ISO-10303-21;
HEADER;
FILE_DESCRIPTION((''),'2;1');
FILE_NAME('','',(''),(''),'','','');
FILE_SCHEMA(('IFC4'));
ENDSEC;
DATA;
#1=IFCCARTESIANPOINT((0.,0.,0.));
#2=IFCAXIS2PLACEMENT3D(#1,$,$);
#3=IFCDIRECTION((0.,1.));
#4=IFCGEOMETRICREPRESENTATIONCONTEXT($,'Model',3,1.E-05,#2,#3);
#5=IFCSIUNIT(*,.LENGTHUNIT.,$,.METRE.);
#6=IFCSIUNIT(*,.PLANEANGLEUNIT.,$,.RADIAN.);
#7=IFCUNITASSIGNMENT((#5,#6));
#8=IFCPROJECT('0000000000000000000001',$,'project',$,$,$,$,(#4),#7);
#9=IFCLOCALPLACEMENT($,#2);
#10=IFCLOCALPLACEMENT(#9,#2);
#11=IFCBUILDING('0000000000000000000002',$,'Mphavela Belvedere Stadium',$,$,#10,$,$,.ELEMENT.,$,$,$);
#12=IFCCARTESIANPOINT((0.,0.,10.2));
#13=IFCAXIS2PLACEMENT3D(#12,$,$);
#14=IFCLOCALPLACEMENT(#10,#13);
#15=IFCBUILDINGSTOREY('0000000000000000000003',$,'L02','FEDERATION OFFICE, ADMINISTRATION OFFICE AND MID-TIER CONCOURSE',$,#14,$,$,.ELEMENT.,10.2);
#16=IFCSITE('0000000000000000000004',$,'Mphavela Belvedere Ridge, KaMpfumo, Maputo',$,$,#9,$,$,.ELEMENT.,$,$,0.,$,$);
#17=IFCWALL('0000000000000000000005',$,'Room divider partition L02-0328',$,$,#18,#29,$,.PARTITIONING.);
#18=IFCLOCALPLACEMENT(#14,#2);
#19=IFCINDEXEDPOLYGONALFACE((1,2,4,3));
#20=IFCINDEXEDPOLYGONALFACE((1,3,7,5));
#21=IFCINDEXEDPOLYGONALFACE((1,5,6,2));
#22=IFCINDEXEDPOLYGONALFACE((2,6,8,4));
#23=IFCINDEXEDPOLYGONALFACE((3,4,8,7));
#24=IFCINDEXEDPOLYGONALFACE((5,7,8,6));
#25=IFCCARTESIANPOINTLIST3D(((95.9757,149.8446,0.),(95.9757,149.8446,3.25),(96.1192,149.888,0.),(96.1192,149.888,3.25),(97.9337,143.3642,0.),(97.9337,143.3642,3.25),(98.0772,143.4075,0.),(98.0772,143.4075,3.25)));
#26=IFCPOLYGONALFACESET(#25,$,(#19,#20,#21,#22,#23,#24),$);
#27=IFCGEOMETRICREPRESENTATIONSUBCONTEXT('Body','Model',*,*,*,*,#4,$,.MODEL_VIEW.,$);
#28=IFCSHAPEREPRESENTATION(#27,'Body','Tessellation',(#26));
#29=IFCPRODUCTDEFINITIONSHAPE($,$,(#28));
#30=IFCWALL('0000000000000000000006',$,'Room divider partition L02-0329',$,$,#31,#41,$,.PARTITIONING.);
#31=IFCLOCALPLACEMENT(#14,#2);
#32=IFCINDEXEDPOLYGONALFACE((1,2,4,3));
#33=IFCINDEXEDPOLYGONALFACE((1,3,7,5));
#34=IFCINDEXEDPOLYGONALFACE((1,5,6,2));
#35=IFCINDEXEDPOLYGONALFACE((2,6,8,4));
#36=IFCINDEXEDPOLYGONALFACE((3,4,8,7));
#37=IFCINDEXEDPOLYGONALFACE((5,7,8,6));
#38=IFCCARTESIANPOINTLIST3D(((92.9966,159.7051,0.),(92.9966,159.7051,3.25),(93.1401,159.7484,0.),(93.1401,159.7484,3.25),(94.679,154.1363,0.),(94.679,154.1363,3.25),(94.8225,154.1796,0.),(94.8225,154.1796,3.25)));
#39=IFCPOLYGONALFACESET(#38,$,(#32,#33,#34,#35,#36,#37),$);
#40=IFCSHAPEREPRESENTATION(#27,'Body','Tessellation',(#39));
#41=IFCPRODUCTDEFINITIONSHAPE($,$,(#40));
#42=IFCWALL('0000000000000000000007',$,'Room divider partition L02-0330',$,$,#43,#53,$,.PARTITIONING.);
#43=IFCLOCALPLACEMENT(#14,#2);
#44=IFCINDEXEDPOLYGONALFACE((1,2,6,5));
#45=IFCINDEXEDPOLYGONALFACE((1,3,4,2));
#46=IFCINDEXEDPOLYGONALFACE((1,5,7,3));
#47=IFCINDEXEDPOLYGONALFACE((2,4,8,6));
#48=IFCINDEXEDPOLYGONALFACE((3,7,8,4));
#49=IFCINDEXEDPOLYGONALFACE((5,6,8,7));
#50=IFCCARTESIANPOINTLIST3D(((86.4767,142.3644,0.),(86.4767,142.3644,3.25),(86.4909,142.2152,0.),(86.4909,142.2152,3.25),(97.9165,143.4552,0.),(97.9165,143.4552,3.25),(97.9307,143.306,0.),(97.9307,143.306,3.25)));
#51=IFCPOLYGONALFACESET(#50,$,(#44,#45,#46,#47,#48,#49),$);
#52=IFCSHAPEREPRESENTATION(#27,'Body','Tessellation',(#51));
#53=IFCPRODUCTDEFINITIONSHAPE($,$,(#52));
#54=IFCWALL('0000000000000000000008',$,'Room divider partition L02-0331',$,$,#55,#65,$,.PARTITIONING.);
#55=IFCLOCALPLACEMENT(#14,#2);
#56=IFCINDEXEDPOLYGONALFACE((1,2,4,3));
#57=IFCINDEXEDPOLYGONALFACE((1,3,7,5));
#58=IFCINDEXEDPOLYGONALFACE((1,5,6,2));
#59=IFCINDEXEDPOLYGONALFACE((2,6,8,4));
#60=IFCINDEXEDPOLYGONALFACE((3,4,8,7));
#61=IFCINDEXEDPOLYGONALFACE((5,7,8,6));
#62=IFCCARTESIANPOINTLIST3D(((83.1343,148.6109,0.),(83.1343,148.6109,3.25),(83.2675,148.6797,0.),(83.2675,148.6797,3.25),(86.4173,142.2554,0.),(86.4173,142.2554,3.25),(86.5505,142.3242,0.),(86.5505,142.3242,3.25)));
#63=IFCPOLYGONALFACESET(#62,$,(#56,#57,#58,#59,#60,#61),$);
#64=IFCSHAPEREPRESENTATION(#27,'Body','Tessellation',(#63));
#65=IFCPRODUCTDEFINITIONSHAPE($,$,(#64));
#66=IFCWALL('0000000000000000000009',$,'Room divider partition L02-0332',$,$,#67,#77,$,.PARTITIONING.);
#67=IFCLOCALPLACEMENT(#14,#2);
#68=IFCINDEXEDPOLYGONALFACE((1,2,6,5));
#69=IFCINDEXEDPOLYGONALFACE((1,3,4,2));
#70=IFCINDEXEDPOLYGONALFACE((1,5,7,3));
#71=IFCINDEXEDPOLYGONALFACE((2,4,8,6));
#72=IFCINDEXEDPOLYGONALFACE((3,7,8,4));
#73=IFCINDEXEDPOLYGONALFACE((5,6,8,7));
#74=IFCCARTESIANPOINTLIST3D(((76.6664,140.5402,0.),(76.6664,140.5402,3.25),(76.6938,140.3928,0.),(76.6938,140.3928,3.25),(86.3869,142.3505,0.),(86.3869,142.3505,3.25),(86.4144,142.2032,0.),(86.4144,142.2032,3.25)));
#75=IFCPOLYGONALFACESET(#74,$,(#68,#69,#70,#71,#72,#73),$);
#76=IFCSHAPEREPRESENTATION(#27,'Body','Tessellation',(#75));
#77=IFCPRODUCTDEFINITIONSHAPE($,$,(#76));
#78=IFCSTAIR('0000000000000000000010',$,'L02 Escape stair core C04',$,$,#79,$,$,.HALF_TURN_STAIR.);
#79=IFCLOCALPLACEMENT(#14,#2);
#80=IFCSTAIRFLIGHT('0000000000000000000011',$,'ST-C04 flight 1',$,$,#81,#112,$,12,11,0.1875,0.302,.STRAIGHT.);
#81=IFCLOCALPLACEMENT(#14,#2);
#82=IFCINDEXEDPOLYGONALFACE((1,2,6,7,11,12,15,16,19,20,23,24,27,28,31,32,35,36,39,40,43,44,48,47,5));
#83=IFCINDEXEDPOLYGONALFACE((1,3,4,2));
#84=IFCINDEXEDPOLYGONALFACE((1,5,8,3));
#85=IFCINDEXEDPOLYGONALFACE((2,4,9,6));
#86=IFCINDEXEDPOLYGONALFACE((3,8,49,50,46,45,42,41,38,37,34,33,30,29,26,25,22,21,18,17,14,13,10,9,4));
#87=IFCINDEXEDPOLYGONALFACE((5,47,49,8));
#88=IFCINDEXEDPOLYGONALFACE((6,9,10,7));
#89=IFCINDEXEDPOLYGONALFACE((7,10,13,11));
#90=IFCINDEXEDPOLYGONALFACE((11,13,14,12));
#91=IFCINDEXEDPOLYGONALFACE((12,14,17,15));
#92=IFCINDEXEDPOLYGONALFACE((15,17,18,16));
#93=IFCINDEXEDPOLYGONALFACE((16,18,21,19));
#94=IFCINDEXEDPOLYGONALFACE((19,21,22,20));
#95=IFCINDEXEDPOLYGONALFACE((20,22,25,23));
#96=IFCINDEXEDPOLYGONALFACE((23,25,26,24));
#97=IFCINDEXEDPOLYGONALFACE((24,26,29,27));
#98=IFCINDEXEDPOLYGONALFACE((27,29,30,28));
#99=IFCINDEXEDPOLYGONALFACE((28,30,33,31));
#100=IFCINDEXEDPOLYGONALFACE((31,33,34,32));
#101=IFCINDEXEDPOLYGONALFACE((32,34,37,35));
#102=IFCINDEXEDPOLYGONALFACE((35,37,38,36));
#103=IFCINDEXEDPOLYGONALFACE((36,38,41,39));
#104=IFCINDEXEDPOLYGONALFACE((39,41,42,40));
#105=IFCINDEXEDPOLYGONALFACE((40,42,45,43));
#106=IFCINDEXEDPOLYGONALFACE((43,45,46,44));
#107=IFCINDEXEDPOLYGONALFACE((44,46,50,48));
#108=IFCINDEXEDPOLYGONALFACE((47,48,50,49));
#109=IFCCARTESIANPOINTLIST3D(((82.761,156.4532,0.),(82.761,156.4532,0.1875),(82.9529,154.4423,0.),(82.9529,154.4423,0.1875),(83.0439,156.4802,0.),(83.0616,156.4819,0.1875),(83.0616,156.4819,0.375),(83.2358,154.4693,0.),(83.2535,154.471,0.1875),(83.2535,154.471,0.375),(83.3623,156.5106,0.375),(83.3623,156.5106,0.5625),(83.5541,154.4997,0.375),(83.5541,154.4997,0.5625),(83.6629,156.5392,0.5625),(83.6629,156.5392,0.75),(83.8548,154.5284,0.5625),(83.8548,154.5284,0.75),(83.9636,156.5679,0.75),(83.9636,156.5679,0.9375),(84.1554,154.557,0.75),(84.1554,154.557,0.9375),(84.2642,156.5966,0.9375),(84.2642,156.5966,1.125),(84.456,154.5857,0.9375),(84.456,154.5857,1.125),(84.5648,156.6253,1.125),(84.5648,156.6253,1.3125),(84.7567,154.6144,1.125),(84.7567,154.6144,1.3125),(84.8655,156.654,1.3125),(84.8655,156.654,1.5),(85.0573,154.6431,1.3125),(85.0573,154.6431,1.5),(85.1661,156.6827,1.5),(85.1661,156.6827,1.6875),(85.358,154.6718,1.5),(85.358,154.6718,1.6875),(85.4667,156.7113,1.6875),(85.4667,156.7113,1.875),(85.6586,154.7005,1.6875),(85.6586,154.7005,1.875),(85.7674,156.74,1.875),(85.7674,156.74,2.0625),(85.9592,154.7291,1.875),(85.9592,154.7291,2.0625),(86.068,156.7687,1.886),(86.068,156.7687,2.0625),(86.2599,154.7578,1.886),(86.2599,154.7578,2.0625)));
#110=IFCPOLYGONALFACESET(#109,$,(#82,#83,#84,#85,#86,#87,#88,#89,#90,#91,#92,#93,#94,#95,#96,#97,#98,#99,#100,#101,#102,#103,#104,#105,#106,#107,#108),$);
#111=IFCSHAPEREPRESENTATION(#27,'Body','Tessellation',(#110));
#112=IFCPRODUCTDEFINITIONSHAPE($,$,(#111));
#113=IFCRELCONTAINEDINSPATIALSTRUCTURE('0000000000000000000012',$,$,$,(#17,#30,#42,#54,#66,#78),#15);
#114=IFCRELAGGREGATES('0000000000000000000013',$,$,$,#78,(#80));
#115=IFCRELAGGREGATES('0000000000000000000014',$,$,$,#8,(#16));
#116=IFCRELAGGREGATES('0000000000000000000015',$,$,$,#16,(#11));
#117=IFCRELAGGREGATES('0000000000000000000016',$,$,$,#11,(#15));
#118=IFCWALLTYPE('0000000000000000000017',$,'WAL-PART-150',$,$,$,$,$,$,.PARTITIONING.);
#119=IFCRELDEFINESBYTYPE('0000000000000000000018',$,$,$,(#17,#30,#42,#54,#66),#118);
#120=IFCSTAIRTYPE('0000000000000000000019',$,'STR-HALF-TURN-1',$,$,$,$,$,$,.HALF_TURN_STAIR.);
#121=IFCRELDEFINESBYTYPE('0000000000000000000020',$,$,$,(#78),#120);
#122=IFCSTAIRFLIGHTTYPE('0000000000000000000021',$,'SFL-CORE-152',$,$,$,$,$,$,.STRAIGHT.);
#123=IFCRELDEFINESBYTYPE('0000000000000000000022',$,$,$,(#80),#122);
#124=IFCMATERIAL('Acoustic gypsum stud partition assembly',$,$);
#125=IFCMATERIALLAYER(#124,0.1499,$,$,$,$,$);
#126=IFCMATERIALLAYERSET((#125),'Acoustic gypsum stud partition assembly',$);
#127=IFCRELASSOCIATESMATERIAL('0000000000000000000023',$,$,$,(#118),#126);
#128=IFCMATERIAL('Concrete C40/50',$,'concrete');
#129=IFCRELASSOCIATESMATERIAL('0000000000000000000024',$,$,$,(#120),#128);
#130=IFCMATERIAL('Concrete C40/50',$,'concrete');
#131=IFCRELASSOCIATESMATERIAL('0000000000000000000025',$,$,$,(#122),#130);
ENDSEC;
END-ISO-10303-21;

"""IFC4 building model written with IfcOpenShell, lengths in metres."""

from ifc_helpers import new_model, si_unit, direction, frame, frame_2d, origin, place, context, subcontext, project, spatial, polyline, rectangle, outline, extrude, material, layer, layer_set, type_object, element, aggregate, save


model = new_model("IFC4")

# Units and contexts
model_context = context("Model", 3, precision=1e-05, world=origin(), true_north=direction((0.0, 1.0)))
body_context = subcontext(model_context, "Body", "Model", "MODEL_VIEW")
ifc_project = project(units=[si_unit("LENGTHUNIT", "METRE"), si_unit("PLANEANGLEUNIT", "RADIAN")], contexts=[model_context])

# Site, building, storey
site_placement = place(None, origin())
site = spatial("IfcSite", under=ifc_project, at=site_placement, Name="Mphavela Belvedere Ridge, KaMpfumo, Maputo", CompositionType="ELEMENT", RefElevation=0.0)
building_placement = place(site_placement, origin())
building = spatial("IfcBuilding", under=site, at=building_placement, Name="Mphavela Belvedere Stadium", CompositionType="ELEMENT")
storey_placement = place(building_placement, frame((0.0, 0.0, 10.2)))
storey = spatial("IfcBuildingStorey", under=building, at=storey_placement, Name="L02", Description="FEDERATION OFFICE, ADMINISTRATION OFFICE AND MID-TIER CONCOURSE", CompositionType="ELEMENT", Elevation=10.2)

# Shared definitions
ifc_material_1 = material(Name="Acoustic gypsum stud partition assembly")
ifc_layer_1 = layer(ifc_material_1, 0.1499)
ifc_layer_set_1 = layer_set([ifc_layer_1], Name="Acoustic gypsum stud partition assembly")
wall_type_1 = type_object("IfcWallType", Name="WAL-PART-150", PredefinedType="PARTITIONING", material=ifc_layer_set_1)

# Walls
wall_1_placement = place(storey_placement, frame((98.0054, 143.386, 0.0), z_axis=(0.0, 0.0, 1.0), x_axis=(-0.289227, 0.957261, 0.0)))
element("IfcWall", 1, at=wall_1_placement, inside=storey, type_object=wall_type_1, Name="Room divider partition L02-0328", PredefinedType="PARTITIONING", context=body_context, shape_type="SweptSolid", body=[
    extrude(rectangle(XDim=6.7698, YDim=0.1499, at=frame_2d((3.3848, 0.0))), origin(), (0.0, 0.0, 1.0), 3.25),
])
wall_2_placement = place(storey_placement, frame((94.7507, 154.158, 0.0), z_axis=(0.0, 0.0, 1.0), x_axis=(-0.289195, 0.95727, 0.0)))
element("IfcWall", 2, at=wall_2_placement, inside=storey, type_object=wall_type_1, Name="Room divider partition L02-0329", PredefinedType="PARTITIONING", context=body_context, shape_type="SweptSolid", body=[
    extrude(rectangle(XDim=5.8174, YDim=0.1499, at=frame_2d((2.9087, 0.0))), origin(), (0.0, 0.0, 1.0), 3.25),
])
wall_3_placement = place(storey_placement, frame((97.9236, 143.3806, 0.0), z_axis=(0.0, 0.0, 1.0), x_axis=(-0.995485, -0.094923, 0.0)))
element("IfcWall", 3, at=wall_3_placement, inside=storey, type_object=wall_type_1, Name="Room divider partition L02-0330", PredefinedType="PARTITIONING", context=body_context, shape_type="SweptSolid", body=[
    extrude(rectangle(XDim=11.4917, YDim=0.1499, at=frame_2d((5.7458, 0.0))), origin(), (0.0, 0.0, 1.0), 3.25),
])
wall_4_placement = place(storey_placement, frame((86.4839, 142.2898, 0.0), z_axis=(0.0, 0.0, 1.0), x_axis=(-0.458943, 0.888466, 0.0)))
element("IfcWall", 4, at=wall_4_placement, inside=storey, type_object=wall_type_1, Name="Room divider partition L02-0331", PredefinedType="PARTITIONING", context=body_context, shape_type="SweptSolid", body=[
    extrude(rectangle(XDim=7.1533, YDim=0.1499, at=frame_2d((3.5767, 0.0))), origin(), (0.0, 0.0, 1.0), 3.25),
])
wall_5_placement = place(storey_placement, frame((86.4006, 142.2769, 0.0), z_axis=(0.0, 0.0, 1.0), x_axis=(-0.983096, -0.183088, 0.0)))
element("IfcWall", 5, at=wall_5_placement, inside=storey, type_object=wall_type_1, Name="Room divider partition L02-0332", PredefinedType="PARTITIONING", context=body_context, shape_type="SweptSolid", body=[
    extrude(rectangle(XDim=9.8877, YDim=0.1499, at=frame_2d((4.9438, 0.0))), origin(), (0.0, 0.0, 1.0), 3.25),
])

# Stair, stair flight
ifc_material_2 = material(Name="Concrete C40/50", Category="concrete")
stair_type = type_object("IfcStairType", Name="STR-HALF-TURN-1", PredefinedType="HALF_TURN_STAIR", material=ifc_material_2)
stair_placement = place(storey_placement, origin())
stair = element("IfcStair", 6, at=stair_placement, inside=storey, type_object=stair_type, Name="L02 Escape stair core C04", PredefinedType="HALF_TURN_STAIR")
ifc_material_3 = material(Name="Concrete C40/50", Category="concrete")
stair_flight_type = type_object("IfcStairFlightType", Name="SFL-CORE-152", PredefinedType="STRAIGHT", material=ifc_material_3)
stair_flight_placement = place(storey_placement, frame((82.8569, 155.4478, 0.0), z_axis=(0.0, 0.0, 1.0), x_axis=(0.995479, 0.094977, 0.0)))
stair_flight = element("IfcStairFlight", 7, at=stair_flight_placement, type_object=stair_flight_type, Name="ST-C04 flight 1", NumberOfRisers=12, NumberOfTreads=11, PredefinedType="STRAIGHT", RiserHeight=0.1875, TreadLength=0.302, context=body_context, shape_type="SweptSolid", body=[
    extrude(outline(polyline([(0.0, 0.0), (0.0, 0.1875), (0.302, 0.1875), (0.302, 0.375), (0.604, 0.375), (0.604, 0.5625), (0.906, 0.5625), (0.906, 0.75), (1.208, 0.75), (1.208, 0.9375), (1.51, 0.9375), (1.51, 1.125), (1.812, 1.125), (1.812, 1.3125), (2.114, 1.3125), (2.114, 1.5), (2.416, 1.5), (2.416, 1.6875), (2.718, 1.6875), (2.718, 1.875), (3.02, 1.875), (3.02, 2.0625), (3.322, 2.0625), (3.322, 2.25), (3.322, 1.886), (0.2842, 0.0), (0.0, 0.0)])), frame((0.0, 1.01, 0.0), z_axis=(0.0, -1.0, 0.0), x_axis=(1.0, 0.0, 0.0)), (0.0, 0.0, 1.0), 2.02),
])
aggregate(stair, [stair_flight])

save(model, "model.ifc")
